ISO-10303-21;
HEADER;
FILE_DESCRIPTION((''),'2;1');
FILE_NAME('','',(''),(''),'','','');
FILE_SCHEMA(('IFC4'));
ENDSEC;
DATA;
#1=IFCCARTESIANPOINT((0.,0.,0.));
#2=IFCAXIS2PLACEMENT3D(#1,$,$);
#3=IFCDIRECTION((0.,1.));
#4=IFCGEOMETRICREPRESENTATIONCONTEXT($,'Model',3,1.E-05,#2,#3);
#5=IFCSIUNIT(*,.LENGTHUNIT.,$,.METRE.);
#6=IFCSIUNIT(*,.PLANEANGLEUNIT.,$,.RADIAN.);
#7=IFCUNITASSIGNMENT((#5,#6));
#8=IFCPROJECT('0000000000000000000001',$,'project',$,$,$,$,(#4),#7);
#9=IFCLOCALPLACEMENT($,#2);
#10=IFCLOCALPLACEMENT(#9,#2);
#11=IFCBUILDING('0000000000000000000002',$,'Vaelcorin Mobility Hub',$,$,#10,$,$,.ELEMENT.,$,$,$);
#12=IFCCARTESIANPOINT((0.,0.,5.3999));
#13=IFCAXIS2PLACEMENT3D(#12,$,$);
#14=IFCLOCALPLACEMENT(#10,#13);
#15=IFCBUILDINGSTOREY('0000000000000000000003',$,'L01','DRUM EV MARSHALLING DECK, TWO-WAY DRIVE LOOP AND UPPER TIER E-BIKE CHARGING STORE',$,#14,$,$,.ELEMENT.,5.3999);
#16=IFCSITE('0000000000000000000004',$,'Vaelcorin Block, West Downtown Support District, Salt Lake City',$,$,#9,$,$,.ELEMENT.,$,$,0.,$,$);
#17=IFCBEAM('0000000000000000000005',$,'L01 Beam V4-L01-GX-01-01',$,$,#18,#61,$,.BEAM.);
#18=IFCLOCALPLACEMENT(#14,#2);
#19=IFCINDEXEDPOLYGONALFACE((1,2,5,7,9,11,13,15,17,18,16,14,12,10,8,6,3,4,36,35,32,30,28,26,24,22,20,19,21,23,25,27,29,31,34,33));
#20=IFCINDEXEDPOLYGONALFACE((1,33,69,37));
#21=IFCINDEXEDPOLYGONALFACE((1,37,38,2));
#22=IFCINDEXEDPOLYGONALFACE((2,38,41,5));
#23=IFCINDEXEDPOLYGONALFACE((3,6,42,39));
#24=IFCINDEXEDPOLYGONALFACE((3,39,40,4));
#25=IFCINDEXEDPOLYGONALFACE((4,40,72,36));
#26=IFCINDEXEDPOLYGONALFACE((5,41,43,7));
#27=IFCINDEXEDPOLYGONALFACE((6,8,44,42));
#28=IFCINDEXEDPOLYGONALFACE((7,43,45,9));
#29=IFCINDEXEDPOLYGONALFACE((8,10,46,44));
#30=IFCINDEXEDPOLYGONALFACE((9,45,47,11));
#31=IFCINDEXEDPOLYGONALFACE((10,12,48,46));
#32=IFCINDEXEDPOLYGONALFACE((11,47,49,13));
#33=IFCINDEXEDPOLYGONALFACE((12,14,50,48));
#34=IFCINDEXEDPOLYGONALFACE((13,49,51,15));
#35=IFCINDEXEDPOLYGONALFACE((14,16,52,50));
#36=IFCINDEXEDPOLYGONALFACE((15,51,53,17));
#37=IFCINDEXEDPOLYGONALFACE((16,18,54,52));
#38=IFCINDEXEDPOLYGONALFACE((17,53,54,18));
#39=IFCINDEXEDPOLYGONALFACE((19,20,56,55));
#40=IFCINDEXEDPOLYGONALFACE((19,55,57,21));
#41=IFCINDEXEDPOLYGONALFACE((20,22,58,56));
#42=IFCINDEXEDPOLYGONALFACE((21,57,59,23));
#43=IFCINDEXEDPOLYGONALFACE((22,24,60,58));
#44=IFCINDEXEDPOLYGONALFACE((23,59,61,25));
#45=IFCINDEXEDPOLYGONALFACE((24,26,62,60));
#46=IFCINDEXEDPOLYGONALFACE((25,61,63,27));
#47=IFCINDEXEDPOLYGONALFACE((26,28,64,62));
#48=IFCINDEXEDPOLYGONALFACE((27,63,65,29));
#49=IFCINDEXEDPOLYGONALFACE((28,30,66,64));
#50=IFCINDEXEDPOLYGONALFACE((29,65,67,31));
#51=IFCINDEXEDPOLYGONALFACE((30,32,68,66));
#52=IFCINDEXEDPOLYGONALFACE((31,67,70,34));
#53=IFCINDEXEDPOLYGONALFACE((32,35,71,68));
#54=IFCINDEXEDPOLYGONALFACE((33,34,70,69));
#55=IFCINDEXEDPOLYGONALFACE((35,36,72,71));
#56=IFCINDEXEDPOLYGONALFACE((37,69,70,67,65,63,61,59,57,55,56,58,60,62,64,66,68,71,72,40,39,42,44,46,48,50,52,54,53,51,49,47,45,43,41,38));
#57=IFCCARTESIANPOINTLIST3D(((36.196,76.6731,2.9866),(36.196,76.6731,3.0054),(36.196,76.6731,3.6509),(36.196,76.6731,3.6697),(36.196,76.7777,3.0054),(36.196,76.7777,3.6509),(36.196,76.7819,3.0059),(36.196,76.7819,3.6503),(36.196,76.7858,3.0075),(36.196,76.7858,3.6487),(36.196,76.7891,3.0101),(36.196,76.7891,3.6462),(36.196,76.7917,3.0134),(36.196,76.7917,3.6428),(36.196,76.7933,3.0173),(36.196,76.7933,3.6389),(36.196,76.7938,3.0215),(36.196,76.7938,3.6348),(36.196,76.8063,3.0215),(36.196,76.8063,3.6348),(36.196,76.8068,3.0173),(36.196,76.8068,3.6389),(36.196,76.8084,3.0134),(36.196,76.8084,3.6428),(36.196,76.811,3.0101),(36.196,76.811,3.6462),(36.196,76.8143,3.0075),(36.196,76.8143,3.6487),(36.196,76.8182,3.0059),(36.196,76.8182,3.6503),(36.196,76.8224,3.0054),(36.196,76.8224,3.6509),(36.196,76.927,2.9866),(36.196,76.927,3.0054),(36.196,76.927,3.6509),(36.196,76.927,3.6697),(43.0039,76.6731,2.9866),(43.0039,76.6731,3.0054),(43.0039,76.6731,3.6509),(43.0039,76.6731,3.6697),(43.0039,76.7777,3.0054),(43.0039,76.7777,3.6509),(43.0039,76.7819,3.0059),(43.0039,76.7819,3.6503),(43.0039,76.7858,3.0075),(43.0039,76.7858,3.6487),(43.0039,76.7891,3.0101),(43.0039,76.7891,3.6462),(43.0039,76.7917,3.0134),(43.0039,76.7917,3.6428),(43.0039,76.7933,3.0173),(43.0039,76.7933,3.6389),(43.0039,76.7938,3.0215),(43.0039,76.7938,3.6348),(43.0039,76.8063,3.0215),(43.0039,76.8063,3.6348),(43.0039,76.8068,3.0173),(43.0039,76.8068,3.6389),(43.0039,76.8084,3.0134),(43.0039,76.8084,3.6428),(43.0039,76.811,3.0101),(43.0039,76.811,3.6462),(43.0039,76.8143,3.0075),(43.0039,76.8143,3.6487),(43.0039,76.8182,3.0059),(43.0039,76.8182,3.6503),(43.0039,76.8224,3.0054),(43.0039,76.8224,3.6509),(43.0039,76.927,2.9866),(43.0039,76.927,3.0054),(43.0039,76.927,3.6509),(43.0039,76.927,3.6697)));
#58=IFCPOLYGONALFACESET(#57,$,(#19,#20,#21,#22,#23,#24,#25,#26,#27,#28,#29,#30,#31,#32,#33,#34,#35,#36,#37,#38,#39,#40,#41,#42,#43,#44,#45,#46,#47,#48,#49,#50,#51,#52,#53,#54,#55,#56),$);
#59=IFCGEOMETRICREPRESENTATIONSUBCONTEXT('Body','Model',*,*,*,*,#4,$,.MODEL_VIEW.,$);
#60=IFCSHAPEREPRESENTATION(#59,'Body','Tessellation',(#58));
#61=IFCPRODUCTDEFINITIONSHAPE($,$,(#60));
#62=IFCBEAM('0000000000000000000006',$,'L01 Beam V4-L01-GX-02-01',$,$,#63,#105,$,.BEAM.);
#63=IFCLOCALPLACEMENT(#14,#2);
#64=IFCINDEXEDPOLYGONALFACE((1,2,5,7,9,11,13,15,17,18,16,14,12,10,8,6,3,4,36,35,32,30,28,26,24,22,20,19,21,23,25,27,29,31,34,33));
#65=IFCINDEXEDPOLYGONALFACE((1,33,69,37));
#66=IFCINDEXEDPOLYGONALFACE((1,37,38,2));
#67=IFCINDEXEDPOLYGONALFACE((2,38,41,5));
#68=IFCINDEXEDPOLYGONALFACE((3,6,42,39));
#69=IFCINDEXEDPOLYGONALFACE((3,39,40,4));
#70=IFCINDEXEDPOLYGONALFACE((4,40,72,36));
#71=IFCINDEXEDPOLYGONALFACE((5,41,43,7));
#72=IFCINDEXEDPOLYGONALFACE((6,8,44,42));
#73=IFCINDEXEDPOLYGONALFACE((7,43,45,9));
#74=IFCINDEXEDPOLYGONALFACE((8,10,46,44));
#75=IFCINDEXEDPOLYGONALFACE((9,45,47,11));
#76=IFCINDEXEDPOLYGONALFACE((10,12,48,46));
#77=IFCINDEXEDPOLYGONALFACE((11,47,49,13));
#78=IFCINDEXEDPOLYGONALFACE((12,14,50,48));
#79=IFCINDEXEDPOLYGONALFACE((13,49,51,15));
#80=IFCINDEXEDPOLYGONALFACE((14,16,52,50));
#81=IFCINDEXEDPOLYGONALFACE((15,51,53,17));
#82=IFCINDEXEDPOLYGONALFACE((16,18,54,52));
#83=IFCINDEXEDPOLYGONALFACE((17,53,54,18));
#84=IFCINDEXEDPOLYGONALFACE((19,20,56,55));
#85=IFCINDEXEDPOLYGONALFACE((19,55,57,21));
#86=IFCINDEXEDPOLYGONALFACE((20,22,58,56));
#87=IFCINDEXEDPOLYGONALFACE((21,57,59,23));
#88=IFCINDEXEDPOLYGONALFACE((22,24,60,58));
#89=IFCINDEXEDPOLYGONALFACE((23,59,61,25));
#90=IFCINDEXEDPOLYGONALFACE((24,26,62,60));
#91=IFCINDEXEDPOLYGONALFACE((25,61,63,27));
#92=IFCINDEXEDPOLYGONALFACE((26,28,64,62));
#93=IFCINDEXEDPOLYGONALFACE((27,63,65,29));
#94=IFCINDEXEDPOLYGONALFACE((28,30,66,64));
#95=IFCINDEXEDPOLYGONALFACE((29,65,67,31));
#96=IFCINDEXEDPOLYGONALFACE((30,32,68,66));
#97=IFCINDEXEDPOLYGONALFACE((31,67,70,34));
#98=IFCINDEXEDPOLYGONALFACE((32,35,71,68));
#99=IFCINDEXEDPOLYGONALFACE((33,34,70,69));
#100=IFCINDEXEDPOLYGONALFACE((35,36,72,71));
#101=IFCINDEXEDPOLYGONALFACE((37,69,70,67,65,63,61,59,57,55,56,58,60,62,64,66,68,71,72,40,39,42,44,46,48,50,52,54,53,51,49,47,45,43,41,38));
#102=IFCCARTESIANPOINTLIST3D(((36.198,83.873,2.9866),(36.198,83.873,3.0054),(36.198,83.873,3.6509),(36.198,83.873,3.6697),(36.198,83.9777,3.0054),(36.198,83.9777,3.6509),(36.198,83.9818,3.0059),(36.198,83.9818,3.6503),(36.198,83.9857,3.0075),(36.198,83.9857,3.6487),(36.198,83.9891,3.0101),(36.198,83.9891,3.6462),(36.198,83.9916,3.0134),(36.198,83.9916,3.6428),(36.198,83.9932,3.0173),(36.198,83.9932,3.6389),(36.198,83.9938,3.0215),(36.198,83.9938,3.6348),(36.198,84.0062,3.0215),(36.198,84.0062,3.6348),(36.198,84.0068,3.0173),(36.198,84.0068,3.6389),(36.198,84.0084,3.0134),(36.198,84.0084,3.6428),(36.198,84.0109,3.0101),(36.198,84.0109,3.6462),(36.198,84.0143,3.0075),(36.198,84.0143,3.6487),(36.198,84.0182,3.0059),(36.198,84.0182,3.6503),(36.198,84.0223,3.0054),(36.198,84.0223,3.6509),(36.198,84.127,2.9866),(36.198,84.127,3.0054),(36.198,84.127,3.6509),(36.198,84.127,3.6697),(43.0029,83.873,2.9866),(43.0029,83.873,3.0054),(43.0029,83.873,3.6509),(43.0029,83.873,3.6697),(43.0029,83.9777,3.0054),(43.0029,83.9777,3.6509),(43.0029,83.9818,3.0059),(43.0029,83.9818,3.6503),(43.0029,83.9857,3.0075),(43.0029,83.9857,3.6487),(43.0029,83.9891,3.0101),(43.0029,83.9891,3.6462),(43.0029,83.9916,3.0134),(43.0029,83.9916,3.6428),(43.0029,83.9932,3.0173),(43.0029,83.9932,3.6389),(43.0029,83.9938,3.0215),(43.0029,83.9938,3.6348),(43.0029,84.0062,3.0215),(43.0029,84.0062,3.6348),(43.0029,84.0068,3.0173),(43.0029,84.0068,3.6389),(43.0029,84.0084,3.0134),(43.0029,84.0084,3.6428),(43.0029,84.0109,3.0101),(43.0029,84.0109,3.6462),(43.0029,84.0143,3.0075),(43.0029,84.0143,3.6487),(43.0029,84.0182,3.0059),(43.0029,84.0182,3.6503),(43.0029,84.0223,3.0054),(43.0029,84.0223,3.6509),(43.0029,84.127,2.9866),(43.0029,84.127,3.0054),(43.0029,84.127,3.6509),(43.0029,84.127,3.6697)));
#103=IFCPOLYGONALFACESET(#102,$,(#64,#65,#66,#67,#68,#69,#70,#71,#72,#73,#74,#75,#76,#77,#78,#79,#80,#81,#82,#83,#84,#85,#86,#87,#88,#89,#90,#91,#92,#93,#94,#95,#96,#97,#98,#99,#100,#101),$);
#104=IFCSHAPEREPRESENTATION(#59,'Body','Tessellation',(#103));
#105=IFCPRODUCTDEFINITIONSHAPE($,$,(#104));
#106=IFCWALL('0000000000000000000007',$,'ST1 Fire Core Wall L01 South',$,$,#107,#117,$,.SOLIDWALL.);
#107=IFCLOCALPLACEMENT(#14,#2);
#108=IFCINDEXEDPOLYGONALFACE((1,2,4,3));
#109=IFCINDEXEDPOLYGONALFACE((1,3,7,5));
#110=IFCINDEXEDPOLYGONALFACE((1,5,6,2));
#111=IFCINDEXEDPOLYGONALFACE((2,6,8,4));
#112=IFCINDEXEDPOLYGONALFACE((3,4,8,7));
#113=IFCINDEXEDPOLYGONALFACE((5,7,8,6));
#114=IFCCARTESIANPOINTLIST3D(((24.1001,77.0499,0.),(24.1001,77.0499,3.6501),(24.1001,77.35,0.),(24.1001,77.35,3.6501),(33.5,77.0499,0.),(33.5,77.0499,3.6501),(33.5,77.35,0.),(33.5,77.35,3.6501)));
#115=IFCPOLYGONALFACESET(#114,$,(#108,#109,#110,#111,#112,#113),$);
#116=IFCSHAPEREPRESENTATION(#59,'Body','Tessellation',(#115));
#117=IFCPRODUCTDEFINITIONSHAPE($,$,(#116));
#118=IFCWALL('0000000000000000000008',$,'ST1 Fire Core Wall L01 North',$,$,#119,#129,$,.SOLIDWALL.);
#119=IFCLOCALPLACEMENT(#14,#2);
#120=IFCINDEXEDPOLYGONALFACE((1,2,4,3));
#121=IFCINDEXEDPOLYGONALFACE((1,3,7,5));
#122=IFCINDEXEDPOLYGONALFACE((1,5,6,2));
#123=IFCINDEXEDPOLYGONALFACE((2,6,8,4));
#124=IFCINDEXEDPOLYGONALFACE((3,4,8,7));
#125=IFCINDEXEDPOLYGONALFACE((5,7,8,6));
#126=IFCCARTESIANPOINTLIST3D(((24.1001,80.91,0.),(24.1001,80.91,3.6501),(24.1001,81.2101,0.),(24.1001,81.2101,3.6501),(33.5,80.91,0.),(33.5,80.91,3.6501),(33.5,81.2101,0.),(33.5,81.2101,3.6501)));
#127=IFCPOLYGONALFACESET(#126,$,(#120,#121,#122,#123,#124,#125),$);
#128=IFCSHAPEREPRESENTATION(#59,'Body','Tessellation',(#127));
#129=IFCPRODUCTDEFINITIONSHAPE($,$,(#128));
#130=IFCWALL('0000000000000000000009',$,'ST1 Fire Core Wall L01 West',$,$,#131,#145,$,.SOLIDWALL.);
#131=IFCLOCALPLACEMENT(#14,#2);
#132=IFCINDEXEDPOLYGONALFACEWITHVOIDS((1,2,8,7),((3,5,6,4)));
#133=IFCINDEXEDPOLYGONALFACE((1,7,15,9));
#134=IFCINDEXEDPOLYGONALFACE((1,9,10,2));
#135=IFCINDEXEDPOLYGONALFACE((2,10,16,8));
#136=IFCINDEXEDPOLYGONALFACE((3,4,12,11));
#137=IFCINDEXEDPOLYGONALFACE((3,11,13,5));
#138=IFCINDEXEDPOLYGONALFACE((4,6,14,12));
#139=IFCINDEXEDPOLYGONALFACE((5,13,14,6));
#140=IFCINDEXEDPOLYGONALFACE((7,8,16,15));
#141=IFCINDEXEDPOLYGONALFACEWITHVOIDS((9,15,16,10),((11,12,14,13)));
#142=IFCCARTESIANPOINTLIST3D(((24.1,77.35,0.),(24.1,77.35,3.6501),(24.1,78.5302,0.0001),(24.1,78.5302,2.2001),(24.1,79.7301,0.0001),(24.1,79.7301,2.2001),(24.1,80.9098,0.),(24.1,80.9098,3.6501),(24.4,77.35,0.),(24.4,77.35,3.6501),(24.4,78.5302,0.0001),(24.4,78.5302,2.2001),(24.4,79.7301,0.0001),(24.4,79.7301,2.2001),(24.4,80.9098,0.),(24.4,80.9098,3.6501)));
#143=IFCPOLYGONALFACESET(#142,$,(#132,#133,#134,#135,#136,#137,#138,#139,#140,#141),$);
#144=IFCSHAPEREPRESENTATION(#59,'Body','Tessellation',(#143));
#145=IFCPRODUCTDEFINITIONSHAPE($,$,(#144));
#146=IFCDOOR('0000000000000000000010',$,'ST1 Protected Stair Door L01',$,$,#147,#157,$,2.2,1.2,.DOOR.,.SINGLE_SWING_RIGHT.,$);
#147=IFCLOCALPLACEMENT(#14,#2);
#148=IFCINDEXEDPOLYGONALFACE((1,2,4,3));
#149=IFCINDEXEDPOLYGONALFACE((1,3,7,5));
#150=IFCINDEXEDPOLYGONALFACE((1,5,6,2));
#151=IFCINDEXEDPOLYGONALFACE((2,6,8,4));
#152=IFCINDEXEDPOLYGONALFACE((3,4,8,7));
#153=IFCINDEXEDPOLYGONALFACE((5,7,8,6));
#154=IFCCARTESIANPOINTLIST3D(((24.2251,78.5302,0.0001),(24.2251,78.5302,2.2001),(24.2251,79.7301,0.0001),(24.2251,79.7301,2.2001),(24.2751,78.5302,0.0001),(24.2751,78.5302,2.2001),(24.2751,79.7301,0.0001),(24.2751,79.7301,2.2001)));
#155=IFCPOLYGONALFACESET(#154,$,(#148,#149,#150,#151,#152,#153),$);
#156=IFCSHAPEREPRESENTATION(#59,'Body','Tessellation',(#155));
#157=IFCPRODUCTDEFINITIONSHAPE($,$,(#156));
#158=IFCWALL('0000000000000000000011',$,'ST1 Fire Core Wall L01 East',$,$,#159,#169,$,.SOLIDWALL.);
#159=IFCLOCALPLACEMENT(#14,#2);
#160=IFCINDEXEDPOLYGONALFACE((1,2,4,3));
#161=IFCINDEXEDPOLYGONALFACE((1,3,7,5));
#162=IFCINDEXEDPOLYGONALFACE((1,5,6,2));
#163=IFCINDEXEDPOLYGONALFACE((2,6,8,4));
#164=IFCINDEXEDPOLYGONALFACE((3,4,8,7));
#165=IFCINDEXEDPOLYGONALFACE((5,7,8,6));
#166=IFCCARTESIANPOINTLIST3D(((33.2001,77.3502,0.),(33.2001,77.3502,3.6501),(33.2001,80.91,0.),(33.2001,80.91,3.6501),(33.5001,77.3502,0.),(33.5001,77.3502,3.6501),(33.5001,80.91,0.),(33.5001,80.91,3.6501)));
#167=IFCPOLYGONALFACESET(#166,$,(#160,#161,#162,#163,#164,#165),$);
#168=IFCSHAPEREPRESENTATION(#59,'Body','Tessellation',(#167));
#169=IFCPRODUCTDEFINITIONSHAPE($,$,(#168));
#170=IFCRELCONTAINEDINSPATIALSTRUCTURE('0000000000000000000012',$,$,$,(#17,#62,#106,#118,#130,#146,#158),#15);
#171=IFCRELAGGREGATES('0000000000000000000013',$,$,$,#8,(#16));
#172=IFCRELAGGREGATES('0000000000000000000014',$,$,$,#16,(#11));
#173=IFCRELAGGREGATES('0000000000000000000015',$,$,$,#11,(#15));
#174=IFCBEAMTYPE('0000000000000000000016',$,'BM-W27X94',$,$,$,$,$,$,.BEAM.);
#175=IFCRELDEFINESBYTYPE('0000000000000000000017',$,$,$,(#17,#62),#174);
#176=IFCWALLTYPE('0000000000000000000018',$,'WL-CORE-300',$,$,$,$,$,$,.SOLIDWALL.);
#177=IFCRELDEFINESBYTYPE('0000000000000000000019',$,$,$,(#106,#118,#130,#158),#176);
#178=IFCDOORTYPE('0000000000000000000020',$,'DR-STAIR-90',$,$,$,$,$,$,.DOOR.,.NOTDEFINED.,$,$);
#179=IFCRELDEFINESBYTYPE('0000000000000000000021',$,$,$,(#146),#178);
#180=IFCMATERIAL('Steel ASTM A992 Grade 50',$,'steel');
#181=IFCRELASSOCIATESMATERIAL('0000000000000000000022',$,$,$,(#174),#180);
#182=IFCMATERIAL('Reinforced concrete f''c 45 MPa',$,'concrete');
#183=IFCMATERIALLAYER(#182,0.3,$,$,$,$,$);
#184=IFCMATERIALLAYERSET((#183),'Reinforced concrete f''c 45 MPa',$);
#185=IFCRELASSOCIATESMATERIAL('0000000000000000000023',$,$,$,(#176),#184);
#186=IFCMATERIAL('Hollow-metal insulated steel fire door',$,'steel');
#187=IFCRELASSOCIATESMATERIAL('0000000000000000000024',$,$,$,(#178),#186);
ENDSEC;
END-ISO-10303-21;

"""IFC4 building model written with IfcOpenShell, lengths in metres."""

from ifc_helpers import new_model, si_unit, direction, frame, frame_2d, origin, origin_2d, place, context, subcontext, project, spatial, rectangle, i_section, extrude, material, layer, layer_set, material_profile, profile_set, type_object, element, fill, save


model = new_model("IFC4")

# Units and contexts
model_context = context("Model", 3, precision=1e-05, world=origin(), true_north=direction((0.0, 1.0)))
body_context = subcontext(model_context, "Body", "Model", "MODEL_VIEW")
ifc_project = project(units=[si_unit("LENGTHUNIT", "METRE"), si_unit("PLANEANGLEUNIT", "RADIAN")], contexts=[model_context])

# Site, building, storey
site_placement = place(None, origin())
site = spatial("IfcSite", under=ifc_project, at=site_placement, Name="Vaelcorin Block, West Downtown Support District, Salt Lake City", CompositionType="ELEMENT", RefElevation=0.0)
building_placement = place(site_placement, origin())
building = spatial("IfcBuilding", under=site, at=building_placement, Name="Vaelcorin Mobility Hub", CompositionType="ELEMENT")
storey_placement = place(building_placement, frame((0.0, 0.0, 5.3999)))
storey = spatial("IfcBuildingStorey", under=building, at=storey_placement, Name="L01", Description="DRUM EV MARSHALLING DECK, TWO-WAY DRIVE LOOP AND UPPER TIER E-BIKE CHARGING STORE", CompositionType="ELEMENT", Elevation=5.3999)

# Shared definitions
ifc_material_1 = material(Name="Steel ASTM A992 Grade 50", Category="steel")

# Beams
ifc_material_profile_1 = material_profile(ifc_material_1, i_section(OverallWidth=0.2539, OverallDepth=0.6831, WebThickness=0.0125, FlangeThickness=0.0188, FilletRadius=0.0161, at=origin_2d()), Name="W27X94")
ifc_profile_set_1 = profile_set([ifc_material_profile_1], Name="Steel ASTM A992 Grade 50")
beam_type_1 = type_object("IfcBeamType", Name="BM-W27X94", PredefinedType="BEAM", material=ifc_profile_set_1)
beam_1_placement = place(storey_placement, frame((36.196, 76.8, 3.3281), z_axis=(1.0, 0.0, 0.0), x_axis=(0.0, 1.0, 0.0)))
element("IfcBeam", 1, at=beam_1_placement, inside=storey, type_object=beam_type_1, Name="L01 Beam V4-L01-GX-01-01", PredefinedType="BEAM", context=body_context, shape_type="SweptSolid", body=[
    extrude(i_section(OverallWidth=0.2539, OverallDepth=0.6831, WebThickness=0.0125, FlangeThickness=0.0188, FilletRadius=0.0161, at=origin_2d()), origin(), (0.0, 0.0, 1.0), 6.8079),
])
beam_2_placement = place(storey_placement, frame((36.198, 84.0, 3.3281), z_axis=(1.0, 0.0, 0.0), x_axis=(0.0, 1.0, 0.0)))
element("IfcBeam", 2, at=beam_2_placement, inside=storey, type_object=beam_type_1, Name="L01 Beam V4-L01-GX-02-01", PredefinedType="BEAM", context=body_context, shape_type="SweptSolid", body=[
    extrude(i_section(OverallWidth=0.2539, OverallDepth=0.6831, WebThickness=0.0125, FlangeThickness=0.0188, FilletRadius=0.0161, at=origin_2d()), origin(), (0.0, 0.0, 1.0), 6.8049),
])

# Walls
ifc_material_2 = material(Name="Reinforced concrete f'c 45 MPa", Category="concrete")
ifc_layer_1 = layer(ifc_material_2, 0.3)
ifc_layer_set_1 = layer_set([ifc_layer_1], Name="Reinforced concrete f'c 45 MPa")
wall_type = type_object("IfcWallType", Name="WL-CORE-300", PredefinedType="SOLIDWALL", material=ifc_layer_set_1)
for number, where, z_axis, x_axis, name in (
    (3, (33.5, 77.2, 0.0), (0.0, 0.0, 1.0), (-1.0, 0.0, 0.0), "ST1 Fire Core Wall L01 South"),
    (4, (24.1001, 81.0601, 0.0), (0.0, 0.0, 1.0), (1.0, 0.0, 0.0), "ST1 Fire Core Wall L01 North"),
):
    element("IfcWall", number, at=place(storey_placement, frame(where, z_axis=z_axis, x_axis=x_axis)), inside=storey, type_object=wall_type, Name=name, PredefinedType="SOLIDWALL", context=body_context, shape_type="SweptSolid", body=[
        extrude(rectangle(XDim=9.3999, YDim=0.3, at=frame_2d((4.7, 0.0))), origin(), (0.0, 0.0, 1.0), 3.6501),
    ])

# Wall, opening, door
wall_1_placement = place(storey_placement, frame((24.25, 77.3501, 0.0), z_axis=(0.0, 0.0, 1.0), x_axis=(0.0, 1.0, 0.0)))
wall_1 = element("IfcWall", 5, at=wall_1_placement, inside=storey, type_object=wall_type, Name="ST1 Fire Core Wall L01 West", PredefinedType="SOLIDWALL", context=body_context, shape_type="SweptSolid", body=[
    extrude(rectangle(XDim=3.5598, YDim=0.3, at=frame_2d((1.7798, 0.0))), origin(), (0.0, 0.0, 1.0), 3.6501),
])
opening_placement = place(wall_1_placement, frame((1.1799, 0.0, 0.0)))
opening = element("IfcOpeningElement", 6, at=opening_placement, cuts=wall_1, PredefinedType="OPENING", context=body_context, shape_type="SweptSolid", body=[
    extrude(rectangle(XDim=1.2, YDim=2.2, at=frame_2d((0.6001, 1.1001))), frame((0.0, 0.1599, 0.0), z_axis=(0.0, -1.0, 0.0), x_axis=(1.0, 0.0, 0.0)), (0.0, 0.0, 1.0), 0.3201),
])
ifc_material_3 = material(Name="Hollow-metal insulated steel fire door", Category="steel")
door_type = type_object("IfcDoorType", Name="DR-STAIR-90", OperationType="NOTDEFINED", PredefinedType="DOOR", material=ifc_material_3)
door_placement = place(opening_placement, origin())
door = element("IfcDoor", 7, at=door_placement, inside=storey, type_object=door_type, Name="ST1 Protected Stair Door L01", OperationType="SINGLE_SWING_RIGHT", OverallHeight=2.2, OverallWidth=1.2, PredefinedType="DOOR", context=body_context, shape_type="SweptSolid", body=[
    extrude(rectangle(XDim=1.2, YDim=2.2, at=frame_2d((0.6001, 1.1001))), frame((0.0, 0.0249, 0.0), z_axis=(0.0, -1.0, 0.0), x_axis=(1.0, 0.0, 0.0)), (0.0, 0.0, 1.0), 0.05),
])
fill(opening, door)

# Wall
wall_2_placement = place(storey_placement, frame((33.3501, 80.9099, 0.0), z_axis=(0.0, 0.0, 1.0), x_axis=(0.0, -1.0, 0.0)))
element("IfcWall", 8, at=wall_2_placement, inside=storey, type_object=wall_type, Name="ST1 Fire Core Wall L01 East", PredefinedType="SOLIDWALL", context=body_context, shape_type="SweptSolid", body=[
    extrude(rectangle(XDim=3.5598, YDim=0.3, at=frame_2d((1.7798, 0.0))), origin(), (0.0, 0.0, 1.0), 3.6501),
])

save(model, "model.ifc")
